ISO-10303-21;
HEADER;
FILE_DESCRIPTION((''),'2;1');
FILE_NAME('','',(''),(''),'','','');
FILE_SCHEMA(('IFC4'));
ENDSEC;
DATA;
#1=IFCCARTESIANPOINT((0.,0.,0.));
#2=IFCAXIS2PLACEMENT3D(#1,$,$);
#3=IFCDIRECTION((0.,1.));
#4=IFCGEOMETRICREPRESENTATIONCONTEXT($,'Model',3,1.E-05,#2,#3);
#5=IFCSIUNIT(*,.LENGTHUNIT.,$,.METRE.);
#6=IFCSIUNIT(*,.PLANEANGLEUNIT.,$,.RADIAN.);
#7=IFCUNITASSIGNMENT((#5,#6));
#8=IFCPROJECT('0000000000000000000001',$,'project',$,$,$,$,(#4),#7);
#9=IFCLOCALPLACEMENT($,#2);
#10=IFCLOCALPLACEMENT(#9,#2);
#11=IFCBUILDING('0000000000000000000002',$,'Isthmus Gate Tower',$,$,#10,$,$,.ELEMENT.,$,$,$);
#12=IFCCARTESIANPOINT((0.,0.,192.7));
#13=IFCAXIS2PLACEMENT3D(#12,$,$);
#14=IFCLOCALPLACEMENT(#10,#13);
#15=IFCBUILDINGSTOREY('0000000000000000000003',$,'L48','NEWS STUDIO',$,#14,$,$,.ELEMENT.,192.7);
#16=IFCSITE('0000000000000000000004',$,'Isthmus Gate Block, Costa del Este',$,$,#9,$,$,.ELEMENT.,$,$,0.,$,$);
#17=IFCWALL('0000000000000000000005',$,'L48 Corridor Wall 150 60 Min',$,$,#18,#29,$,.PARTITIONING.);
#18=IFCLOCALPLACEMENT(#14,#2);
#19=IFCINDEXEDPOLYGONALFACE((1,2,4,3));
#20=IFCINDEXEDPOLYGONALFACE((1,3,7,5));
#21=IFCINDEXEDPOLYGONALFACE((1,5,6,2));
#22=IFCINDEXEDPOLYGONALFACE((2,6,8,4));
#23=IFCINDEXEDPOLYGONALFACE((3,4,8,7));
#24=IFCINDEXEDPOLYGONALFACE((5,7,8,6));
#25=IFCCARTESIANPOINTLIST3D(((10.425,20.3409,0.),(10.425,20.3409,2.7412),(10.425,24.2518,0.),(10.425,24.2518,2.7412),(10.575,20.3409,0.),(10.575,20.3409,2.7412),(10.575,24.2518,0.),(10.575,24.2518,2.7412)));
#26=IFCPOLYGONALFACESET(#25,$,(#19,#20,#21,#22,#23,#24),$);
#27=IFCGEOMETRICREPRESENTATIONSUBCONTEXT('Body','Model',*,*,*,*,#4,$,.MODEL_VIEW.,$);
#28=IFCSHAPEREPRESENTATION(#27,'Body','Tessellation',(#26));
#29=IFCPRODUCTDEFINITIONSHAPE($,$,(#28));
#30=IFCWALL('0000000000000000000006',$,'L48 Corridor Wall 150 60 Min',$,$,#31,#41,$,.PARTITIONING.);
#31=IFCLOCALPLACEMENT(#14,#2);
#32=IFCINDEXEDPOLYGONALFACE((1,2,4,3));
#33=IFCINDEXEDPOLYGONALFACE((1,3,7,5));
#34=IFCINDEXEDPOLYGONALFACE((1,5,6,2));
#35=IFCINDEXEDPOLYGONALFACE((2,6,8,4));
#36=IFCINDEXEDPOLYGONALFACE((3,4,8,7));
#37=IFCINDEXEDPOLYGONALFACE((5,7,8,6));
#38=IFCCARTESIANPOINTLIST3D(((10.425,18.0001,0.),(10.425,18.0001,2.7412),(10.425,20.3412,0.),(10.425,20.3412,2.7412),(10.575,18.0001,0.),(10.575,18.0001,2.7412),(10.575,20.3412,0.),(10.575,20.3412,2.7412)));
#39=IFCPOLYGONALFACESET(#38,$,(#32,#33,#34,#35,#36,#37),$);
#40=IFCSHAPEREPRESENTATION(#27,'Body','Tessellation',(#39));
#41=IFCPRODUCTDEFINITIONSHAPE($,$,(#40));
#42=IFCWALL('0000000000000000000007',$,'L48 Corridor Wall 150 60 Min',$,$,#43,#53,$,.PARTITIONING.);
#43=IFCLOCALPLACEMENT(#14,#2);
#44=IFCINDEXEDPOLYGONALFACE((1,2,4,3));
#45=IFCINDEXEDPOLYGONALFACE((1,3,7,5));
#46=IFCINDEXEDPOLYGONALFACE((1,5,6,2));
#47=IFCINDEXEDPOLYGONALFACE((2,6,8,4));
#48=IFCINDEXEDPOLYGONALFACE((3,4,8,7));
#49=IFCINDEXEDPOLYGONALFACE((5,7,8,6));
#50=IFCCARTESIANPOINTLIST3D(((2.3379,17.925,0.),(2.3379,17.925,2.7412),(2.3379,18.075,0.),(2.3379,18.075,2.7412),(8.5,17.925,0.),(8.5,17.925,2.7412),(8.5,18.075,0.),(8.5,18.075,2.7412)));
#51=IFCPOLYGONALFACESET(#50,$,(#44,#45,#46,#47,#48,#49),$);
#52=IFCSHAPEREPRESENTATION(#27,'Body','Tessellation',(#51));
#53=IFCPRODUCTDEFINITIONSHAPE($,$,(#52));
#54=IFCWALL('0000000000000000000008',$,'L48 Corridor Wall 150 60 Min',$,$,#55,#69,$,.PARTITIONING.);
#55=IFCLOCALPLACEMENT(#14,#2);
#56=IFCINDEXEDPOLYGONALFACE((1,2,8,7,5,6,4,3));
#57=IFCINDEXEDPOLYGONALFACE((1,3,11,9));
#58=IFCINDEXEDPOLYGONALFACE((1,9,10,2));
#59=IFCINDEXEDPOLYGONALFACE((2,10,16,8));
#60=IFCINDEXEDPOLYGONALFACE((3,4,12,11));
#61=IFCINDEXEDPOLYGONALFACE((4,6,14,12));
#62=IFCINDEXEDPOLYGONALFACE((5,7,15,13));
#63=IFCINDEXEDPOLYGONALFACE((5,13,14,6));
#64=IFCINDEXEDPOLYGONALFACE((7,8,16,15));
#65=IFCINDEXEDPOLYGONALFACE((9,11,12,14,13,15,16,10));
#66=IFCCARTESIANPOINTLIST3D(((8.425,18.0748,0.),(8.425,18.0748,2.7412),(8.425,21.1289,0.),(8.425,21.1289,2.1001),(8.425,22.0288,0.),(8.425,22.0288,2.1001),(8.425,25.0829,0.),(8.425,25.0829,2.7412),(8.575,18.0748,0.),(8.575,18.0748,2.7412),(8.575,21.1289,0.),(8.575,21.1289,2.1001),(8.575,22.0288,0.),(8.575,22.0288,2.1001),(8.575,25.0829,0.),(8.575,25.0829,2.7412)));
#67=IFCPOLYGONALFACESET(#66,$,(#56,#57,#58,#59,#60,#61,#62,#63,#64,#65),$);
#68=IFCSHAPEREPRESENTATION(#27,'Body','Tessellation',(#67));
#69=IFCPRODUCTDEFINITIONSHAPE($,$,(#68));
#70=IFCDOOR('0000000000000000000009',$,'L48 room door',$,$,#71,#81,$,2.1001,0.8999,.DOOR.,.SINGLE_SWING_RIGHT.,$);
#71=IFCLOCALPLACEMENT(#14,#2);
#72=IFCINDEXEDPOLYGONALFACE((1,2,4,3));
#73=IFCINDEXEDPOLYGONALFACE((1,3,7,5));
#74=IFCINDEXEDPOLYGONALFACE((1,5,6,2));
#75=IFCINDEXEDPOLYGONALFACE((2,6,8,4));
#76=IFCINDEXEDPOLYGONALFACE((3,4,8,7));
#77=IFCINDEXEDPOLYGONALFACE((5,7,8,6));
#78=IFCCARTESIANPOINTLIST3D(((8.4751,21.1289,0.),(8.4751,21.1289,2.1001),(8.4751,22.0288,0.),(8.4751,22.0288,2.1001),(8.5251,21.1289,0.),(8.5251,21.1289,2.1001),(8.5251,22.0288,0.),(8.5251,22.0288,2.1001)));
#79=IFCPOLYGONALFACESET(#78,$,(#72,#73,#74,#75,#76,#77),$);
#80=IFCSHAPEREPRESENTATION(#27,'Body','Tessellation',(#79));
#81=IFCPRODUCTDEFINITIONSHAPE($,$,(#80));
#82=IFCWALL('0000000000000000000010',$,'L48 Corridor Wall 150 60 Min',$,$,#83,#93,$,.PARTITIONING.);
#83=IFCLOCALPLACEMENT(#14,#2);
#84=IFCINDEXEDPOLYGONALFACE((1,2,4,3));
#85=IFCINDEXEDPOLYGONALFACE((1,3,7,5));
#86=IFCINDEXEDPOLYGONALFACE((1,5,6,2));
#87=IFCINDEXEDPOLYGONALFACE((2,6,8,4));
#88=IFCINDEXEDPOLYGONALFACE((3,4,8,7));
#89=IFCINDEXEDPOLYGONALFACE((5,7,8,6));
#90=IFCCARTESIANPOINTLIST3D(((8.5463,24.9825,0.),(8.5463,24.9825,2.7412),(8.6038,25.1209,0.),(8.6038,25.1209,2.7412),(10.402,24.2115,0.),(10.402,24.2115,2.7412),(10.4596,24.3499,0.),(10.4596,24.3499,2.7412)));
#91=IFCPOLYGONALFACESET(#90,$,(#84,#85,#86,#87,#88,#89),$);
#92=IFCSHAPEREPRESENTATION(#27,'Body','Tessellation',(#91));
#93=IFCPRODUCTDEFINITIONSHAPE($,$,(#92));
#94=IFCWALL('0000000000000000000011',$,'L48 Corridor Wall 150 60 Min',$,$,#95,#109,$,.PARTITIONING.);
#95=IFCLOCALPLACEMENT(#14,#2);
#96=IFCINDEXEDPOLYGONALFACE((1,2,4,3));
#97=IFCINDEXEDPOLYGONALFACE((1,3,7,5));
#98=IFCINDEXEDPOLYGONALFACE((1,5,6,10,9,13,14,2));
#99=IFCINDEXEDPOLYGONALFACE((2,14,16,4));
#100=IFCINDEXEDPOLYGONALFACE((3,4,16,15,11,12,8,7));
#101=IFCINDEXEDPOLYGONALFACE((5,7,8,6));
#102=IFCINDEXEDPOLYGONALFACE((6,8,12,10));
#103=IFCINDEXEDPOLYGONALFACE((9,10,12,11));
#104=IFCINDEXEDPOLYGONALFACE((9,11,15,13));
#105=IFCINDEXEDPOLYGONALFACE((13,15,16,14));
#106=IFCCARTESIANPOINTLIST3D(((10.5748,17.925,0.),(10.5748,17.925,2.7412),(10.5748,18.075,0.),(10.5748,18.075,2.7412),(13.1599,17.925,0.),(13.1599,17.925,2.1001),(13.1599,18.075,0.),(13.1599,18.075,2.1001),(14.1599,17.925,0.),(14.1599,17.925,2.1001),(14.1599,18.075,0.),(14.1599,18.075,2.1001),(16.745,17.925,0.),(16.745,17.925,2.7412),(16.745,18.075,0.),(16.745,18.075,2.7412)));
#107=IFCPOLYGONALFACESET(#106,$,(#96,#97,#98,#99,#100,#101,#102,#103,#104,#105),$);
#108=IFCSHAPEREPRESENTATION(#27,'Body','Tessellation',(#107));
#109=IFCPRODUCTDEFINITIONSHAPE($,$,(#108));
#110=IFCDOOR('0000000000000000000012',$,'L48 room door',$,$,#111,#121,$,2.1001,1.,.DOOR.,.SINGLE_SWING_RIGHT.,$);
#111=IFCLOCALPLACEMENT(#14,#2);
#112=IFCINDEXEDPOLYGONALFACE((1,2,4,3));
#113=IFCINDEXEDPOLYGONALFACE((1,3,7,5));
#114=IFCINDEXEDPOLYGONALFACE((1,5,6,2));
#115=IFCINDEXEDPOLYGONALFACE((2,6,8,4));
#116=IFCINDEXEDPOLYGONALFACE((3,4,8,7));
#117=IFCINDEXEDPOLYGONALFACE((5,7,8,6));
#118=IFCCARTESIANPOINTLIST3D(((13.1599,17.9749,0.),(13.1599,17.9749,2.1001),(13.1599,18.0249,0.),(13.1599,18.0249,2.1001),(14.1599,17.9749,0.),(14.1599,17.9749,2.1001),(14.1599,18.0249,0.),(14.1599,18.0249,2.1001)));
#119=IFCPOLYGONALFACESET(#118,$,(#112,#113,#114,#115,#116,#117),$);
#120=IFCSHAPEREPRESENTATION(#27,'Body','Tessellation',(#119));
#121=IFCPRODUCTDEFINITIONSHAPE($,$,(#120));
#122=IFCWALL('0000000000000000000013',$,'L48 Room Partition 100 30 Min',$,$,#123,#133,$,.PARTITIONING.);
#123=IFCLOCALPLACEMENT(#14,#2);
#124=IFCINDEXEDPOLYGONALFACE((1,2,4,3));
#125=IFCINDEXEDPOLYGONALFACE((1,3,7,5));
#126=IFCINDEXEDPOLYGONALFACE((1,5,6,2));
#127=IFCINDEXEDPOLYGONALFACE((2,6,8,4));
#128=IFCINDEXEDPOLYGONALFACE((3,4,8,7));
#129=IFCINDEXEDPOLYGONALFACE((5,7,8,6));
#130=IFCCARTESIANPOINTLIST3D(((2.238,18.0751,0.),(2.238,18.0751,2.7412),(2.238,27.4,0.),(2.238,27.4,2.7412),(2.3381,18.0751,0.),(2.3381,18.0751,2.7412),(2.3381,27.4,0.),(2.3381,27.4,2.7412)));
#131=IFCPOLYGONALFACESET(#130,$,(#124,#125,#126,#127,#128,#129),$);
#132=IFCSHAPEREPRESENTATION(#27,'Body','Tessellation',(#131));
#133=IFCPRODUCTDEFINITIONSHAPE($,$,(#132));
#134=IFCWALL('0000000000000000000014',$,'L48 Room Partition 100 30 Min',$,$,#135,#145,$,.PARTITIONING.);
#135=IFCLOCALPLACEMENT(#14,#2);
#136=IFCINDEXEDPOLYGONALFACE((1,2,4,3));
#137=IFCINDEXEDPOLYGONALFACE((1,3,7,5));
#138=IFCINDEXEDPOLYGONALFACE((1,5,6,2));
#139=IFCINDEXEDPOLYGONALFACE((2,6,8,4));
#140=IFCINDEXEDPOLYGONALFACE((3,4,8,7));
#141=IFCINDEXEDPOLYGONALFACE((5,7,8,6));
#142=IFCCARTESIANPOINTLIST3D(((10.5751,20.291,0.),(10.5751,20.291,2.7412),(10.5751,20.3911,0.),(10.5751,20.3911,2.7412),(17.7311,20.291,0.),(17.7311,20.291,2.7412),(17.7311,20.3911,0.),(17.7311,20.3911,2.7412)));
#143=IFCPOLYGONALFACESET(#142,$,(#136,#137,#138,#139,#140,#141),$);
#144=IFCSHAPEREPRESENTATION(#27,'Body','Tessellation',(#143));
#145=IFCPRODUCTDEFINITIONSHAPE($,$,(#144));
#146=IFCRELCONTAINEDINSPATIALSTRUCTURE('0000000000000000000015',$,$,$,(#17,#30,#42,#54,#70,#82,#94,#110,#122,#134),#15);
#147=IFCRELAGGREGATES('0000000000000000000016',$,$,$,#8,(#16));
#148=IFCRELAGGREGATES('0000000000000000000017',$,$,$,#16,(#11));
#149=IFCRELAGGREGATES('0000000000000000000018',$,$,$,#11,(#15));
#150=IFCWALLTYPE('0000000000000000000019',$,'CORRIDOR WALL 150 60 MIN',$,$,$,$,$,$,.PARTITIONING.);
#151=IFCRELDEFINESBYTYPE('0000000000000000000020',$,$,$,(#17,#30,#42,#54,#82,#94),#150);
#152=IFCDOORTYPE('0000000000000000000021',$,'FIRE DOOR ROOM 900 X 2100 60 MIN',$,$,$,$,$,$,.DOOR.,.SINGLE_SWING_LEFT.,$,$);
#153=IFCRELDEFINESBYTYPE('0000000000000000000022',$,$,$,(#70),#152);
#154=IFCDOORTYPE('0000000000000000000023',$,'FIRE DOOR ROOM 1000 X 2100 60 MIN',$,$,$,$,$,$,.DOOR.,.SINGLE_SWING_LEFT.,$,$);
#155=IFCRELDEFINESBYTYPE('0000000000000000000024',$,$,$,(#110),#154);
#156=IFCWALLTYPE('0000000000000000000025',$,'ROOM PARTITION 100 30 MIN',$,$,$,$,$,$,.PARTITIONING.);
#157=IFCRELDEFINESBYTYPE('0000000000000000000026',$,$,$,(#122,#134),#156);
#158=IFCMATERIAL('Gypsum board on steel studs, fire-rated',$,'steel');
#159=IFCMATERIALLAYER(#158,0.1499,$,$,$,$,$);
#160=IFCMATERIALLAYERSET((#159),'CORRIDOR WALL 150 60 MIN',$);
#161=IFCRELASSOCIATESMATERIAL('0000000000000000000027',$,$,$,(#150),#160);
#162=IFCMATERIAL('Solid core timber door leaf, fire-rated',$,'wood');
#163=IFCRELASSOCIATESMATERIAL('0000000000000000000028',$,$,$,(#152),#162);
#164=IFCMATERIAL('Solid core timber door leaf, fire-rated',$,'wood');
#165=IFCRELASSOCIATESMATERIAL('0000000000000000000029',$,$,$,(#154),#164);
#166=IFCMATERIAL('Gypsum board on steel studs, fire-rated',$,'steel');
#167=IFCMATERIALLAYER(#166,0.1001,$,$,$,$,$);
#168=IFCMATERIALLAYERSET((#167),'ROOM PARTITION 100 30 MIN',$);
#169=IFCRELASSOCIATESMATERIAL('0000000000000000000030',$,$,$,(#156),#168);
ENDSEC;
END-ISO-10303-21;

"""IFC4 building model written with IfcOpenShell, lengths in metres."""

from ifc_helpers import new_model, si_unit, direction, frame, frame_2d, origin, place, context, subcontext, project, spatial, rectangle, extrude, material, layer, layer_set, type_object, element, fill, save


model = new_model("IFC4")

# Units and contexts
model_context = context("Model", 3, precision=1e-05, world=origin(), true_north=direction((0.0, 1.0)))
body_context = subcontext(model_context, "Body", "Model", "MODEL_VIEW")
ifc_project = project(units=[si_unit("LENGTHUNIT", "METRE"), si_unit("PLANEANGLEUNIT", "RADIAN")], contexts=[model_context])

# Site, building, storey
site_placement = place(None, origin())
site = spatial("IfcSite", under=ifc_project, at=site_placement, Name="Isthmus Gate Block, Costa del Este", CompositionType="ELEMENT", RefElevation=0.0)
building_placement = place(site_placement, origin())
building = spatial("IfcBuilding", under=site, at=building_placement, Name="Isthmus Gate Tower", CompositionType="ELEMENT")
storey_placement = place(building_placement, frame((0.0, 0.0, 192.7)))
storey = spatial("IfcBuildingStorey", under=building, at=storey_placement, Name="L48", Description="NEWS STUDIO", CompositionType="ELEMENT", Elevation=192.7)

# Walls
ifc_material_1 = material(Name="Gypsum board on steel studs, fire-rated", Category="steel")
ifc_layer_1 = layer(ifc_material_1, 0.1499)
ifc_layer_set_1 = layer_set([ifc_layer_1], Name="CORRIDOR WALL 150 60 MIN")
wall_type_1 = type_object("IfcWallType", Name="CORRIDOR WALL 150 60 MIN", PredefinedType="PARTITIONING", material=ifc_layer_set_1)
wall_1_placement = place(storey_placement, frame((10.5, 24.252, 0.0), z_axis=(0.0, 0.0, 1.0), x_axis=(0.0, -1.0, 0.0)))
element("IfcWall", 1, at=wall_1_placement, inside=storey, type_object=wall_type_1, Name="L48 Corridor Wall 150 60 Min", PredefinedType="PARTITIONING", context=body_context, shape_type="SweptSolid", body=[
    extrude(rectangle(XDim=3.9109, YDim=0.1499, at=frame_2d((1.9556, 0.0))), origin(), (0.0, 0.0, 1.0), 2.7412),
])
wall_2_placement = place(storey_placement, frame((10.5, 20.3411, 0.0), z_axis=(0.0, 0.0, 1.0), x_axis=(0.0, -1.0, 0.0)))
element("IfcWall", 2, at=wall_2_placement, inside=storey, type_object=wall_type_1, Name="L48 Corridor Wall 150 60 Min", PredefinedType="PARTITIONING", context=body_context, shape_type="SweptSolid", body=[
    extrude(rectangle(XDim=2.3411, YDim=0.1499, at=frame_2d((1.1704, 0.0))), origin(), (0.0, 0.0, 1.0), 2.7412),
])
wall_3_placement = place(storey_placement, frame((2.3379, 18.0, 0.0), z_axis=(0.0, 0.0, 1.0), x_axis=(1.0, 0.0, 0.0)))
element("IfcWall", 3, at=wall_3_placement, inside=storey, type_object=wall_type_1, Name="L48 Corridor Wall 150 60 Min", PredefinedType="PARTITIONING", context=body_context, shape_type="SweptSolid", body=[
    extrude(rectangle(XDim=6.1621, YDim=0.1499, at=frame_2d((3.0811, 0.0))), origin(), (0.0, 0.0, 1.0), 2.7412),
])

# Wall, opening, door
wall_4_placement = place(storey_placement, frame((8.5, 18.075, 0.0), z_axis=(0.0, 0.0, 1.0), x_axis=(0.0, 1.0, 0.0)))
wall_4 = element("IfcWall", 4, at=wall_4_placement, inside=storey, type_object=wall_type_1, Name="L48 Corridor Wall 150 60 Min", PredefinedType="PARTITIONING", context=body_context, shape_type="SweptSolid", body=[
    extrude(rectangle(XDim=7.0081, YDim=0.1499, at=frame_2d((3.5039, 0.0))), origin(), (0.0, 0.0, 1.0), 2.7412),
])
opening_1_placement = place(wall_4_placement, frame((3.054, 0.0, 0.0)))
opening_1 = element("IfcOpeningElement", 5, at=opening_1_placement, cuts=wall_4, PredefinedType="OPENING", context=body_context, shape_type="SweptSolid", body=[
    extrude(rectangle(XDim=0.8999, YDim=2.1001, at=frame_2d((0.45, 1.05))), frame((0.0, 0.085, 0.0), z_axis=(0.0, -1.0, 0.0), x_axis=(1.0, 0.0, 0.0)), (0.0, 0.0, 1.0), 0.1699),
])
ifc_material_2 = material(Name="Solid core timber door leaf, fire-rated", Category="wood")
door_type_1 = type_object("IfcDoorType", Name="FIRE DOOR ROOM 900 X 2100 60 MIN", OperationType="SINGLE_SWING_LEFT", PredefinedType="DOOR", material=ifc_material_2)
door_1_placement = place(opening_1_placement, origin())
door_1 = element("IfcDoor", 6, at=door_1_placement, inside=storey, type_object=door_type_1, Name="L48 room door", OperationType="SINGLE_SWING_RIGHT", OverallHeight=2.1001, OverallWidth=0.8999, PredefinedType="DOOR", context=body_context, shape_type="SweptSolid", body=[
    extrude(rectangle(XDim=0.8999, YDim=2.1001, at=frame_2d((0.45, 1.05))), frame((0.0, 0.0249, 0.0), z_axis=(0.0, -1.0, 0.0), x_axis=(1.0, 0.0, 0.0)), (0.0, 0.0, 1.0), 0.05),
])
fill(opening_1, door_1)

# Wall
wall_5_placement = place(storey_placement, frame((8.575, 25.0518, 0.0), z_axis=(0.0, 0.0, 1.0), x_axis=(0.923468, -0.383675, 0.0)))
element("IfcWall", 7, at=wall_5_placement, inside=storey, type_object=wall_type_1, Name="L48 Corridor Wall 150 60 Min", PredefinedType="PARTITIONING", context=body_context, shape_type="SweptSolid", body=[
    extrude(rectangle(XDim=2.0095, YDim=0.1499, at=frame_2d((1.0049, 0.0))), origin(), (0.0, 0.0, 1.0), 2.7412),
])

# Wall, opening, door
wall_6_placement = place(storey_placement, frame((10.575, 18.0, 0.0), z_axis=(0.0, 0.0, 1.0), x_axis=(1.0, 0.0, 0.0)))
wall_6 = element("IfcWall", 8, at=wall_6_placement, inside=storey, type_object=wall_type_1, Name="L48 Corridor Wall 150 60 Min", PredefinedType="PARTITIONING", context=body_context, shape_type="SweptSolid", body=[
    extrude(rectangle(XDim=6.1702, YDim=0.1499, at=frame_2d((3.085, 0.0))), origin(), (0.0, 0.0, 1.0), 2.7412),
])
opening_2_placement = place(wall_6_placement, frame((2.585, 0.0, 0.0)))
opening_2 = element("IfcOpeningElement", 9, at=opening_2_placement, cuts=wall_6, PredefinedType="OPENING", context=body_context, shape_type="SweptSolid", body=[
    extrude(rectangle(XDim=1.0, YDim=2.1001, at=frame_2d((0.5, 1.05))), frame((0.0, 0.085, 0.0), z_axis=(0.0, -1.0, 0.0), x_axis=(1.0, 0.0, 0.0)), (0.0, 0.0, 1.0), 0.1699),
])
ifc_material_3 = material(Name="Solid core timber door leaf, fire-rated", Category="wood")
door_type_2 = type_object("IfcDoorType", Name="FIRE DOOR ROOM 1000 X 2100 60 MIN", OperationType="SINGLE_SWING_LEFT", PredefinedType="DOOR", material=ifc_material_3)
door_2_placement = place(opening_2_placement, origin())
door_2 = element("IfcDoor", 10, at=door_2_placement, inside=storey, type_object=door_type_2, Name="L48 room door", OperationType="SINGLE_SWING_RIGHT", OverallHeight=2.1001, OverallWidth=1.0, PredefinedType="DOOR", context=body_context, shape_type="SweptSolid", body=[
    extrude(rectangle(XDim=1.0, YDim=2.1001, at=frame_2d((0.5, 1.05))), frame((0.0, 0.0249, 0.0), z_axis=(0.0, -1.0, 0.0), x_axis=(1.0, 0.0, 0.0)), (0.0, 0.0, 1.0), 0.05),
])
fill(opening_2, door_2)

# Walls
ifc_material_4 = material(Name="Gypsum board on steel studs, fire-rated", Category="steel")
ifc_layer_2 = layer(ifc_material_4, 0.1001)
ifc_layer_set_2 = layer_set([ifc_layer_2], Name="ROOM PARTITION 100 30 MIN")
wall_type_2 = type_object("IfcWallType", Name="ROOM PARTITION 100 30 MIN", PredefinedType="PARTITIONING", material=ifc_layer_set_2)
wall_7_placement = place(storey_placement, frame((2.2881, 18.075, 0.0), z_axis=(0.0, 0.0, 1.0), x_axis=(0.0, 1.0, 0.0)))
element("IfcWall", 11, at=wall_7_placement, inside=storey, type_object=wall_type_2, Name="L48 Room Partition 100 30 Min", PredefinedType="PARTITIONING", context=body_context, shape_type="SweptSolid", body=[
    extrude(rectangle(XDim=9.325, YDim=0.1001, at=frame_2d((4.6626, 0.0))), origin(), (0.0, 0.0, 1.0), 2.7412),
])
wall_8_placement = place(storey_placement, frame((10.575, 20.3411, 0.0), z_axis=(0.0, 0.0, 1.0), x_axis=(1.0, 0.0, 0.0)))
element("IfcWall", 12, at=wall_8_placement, inside=storey, type_object=wall_type_2, Name="L48 Room Partition 100 30 Min", PredefinedType="PARTITIONING", context=body_context, shape_type="SweptSolid", body=[
    extrude(rectangle(XDim=7.156, YDim=0.1001, at=frame_2d((3.5781, 0.0))), origin(), (0.0, 0.0, 1.0), 2.7412),
])

save(model, "model.ifc")
